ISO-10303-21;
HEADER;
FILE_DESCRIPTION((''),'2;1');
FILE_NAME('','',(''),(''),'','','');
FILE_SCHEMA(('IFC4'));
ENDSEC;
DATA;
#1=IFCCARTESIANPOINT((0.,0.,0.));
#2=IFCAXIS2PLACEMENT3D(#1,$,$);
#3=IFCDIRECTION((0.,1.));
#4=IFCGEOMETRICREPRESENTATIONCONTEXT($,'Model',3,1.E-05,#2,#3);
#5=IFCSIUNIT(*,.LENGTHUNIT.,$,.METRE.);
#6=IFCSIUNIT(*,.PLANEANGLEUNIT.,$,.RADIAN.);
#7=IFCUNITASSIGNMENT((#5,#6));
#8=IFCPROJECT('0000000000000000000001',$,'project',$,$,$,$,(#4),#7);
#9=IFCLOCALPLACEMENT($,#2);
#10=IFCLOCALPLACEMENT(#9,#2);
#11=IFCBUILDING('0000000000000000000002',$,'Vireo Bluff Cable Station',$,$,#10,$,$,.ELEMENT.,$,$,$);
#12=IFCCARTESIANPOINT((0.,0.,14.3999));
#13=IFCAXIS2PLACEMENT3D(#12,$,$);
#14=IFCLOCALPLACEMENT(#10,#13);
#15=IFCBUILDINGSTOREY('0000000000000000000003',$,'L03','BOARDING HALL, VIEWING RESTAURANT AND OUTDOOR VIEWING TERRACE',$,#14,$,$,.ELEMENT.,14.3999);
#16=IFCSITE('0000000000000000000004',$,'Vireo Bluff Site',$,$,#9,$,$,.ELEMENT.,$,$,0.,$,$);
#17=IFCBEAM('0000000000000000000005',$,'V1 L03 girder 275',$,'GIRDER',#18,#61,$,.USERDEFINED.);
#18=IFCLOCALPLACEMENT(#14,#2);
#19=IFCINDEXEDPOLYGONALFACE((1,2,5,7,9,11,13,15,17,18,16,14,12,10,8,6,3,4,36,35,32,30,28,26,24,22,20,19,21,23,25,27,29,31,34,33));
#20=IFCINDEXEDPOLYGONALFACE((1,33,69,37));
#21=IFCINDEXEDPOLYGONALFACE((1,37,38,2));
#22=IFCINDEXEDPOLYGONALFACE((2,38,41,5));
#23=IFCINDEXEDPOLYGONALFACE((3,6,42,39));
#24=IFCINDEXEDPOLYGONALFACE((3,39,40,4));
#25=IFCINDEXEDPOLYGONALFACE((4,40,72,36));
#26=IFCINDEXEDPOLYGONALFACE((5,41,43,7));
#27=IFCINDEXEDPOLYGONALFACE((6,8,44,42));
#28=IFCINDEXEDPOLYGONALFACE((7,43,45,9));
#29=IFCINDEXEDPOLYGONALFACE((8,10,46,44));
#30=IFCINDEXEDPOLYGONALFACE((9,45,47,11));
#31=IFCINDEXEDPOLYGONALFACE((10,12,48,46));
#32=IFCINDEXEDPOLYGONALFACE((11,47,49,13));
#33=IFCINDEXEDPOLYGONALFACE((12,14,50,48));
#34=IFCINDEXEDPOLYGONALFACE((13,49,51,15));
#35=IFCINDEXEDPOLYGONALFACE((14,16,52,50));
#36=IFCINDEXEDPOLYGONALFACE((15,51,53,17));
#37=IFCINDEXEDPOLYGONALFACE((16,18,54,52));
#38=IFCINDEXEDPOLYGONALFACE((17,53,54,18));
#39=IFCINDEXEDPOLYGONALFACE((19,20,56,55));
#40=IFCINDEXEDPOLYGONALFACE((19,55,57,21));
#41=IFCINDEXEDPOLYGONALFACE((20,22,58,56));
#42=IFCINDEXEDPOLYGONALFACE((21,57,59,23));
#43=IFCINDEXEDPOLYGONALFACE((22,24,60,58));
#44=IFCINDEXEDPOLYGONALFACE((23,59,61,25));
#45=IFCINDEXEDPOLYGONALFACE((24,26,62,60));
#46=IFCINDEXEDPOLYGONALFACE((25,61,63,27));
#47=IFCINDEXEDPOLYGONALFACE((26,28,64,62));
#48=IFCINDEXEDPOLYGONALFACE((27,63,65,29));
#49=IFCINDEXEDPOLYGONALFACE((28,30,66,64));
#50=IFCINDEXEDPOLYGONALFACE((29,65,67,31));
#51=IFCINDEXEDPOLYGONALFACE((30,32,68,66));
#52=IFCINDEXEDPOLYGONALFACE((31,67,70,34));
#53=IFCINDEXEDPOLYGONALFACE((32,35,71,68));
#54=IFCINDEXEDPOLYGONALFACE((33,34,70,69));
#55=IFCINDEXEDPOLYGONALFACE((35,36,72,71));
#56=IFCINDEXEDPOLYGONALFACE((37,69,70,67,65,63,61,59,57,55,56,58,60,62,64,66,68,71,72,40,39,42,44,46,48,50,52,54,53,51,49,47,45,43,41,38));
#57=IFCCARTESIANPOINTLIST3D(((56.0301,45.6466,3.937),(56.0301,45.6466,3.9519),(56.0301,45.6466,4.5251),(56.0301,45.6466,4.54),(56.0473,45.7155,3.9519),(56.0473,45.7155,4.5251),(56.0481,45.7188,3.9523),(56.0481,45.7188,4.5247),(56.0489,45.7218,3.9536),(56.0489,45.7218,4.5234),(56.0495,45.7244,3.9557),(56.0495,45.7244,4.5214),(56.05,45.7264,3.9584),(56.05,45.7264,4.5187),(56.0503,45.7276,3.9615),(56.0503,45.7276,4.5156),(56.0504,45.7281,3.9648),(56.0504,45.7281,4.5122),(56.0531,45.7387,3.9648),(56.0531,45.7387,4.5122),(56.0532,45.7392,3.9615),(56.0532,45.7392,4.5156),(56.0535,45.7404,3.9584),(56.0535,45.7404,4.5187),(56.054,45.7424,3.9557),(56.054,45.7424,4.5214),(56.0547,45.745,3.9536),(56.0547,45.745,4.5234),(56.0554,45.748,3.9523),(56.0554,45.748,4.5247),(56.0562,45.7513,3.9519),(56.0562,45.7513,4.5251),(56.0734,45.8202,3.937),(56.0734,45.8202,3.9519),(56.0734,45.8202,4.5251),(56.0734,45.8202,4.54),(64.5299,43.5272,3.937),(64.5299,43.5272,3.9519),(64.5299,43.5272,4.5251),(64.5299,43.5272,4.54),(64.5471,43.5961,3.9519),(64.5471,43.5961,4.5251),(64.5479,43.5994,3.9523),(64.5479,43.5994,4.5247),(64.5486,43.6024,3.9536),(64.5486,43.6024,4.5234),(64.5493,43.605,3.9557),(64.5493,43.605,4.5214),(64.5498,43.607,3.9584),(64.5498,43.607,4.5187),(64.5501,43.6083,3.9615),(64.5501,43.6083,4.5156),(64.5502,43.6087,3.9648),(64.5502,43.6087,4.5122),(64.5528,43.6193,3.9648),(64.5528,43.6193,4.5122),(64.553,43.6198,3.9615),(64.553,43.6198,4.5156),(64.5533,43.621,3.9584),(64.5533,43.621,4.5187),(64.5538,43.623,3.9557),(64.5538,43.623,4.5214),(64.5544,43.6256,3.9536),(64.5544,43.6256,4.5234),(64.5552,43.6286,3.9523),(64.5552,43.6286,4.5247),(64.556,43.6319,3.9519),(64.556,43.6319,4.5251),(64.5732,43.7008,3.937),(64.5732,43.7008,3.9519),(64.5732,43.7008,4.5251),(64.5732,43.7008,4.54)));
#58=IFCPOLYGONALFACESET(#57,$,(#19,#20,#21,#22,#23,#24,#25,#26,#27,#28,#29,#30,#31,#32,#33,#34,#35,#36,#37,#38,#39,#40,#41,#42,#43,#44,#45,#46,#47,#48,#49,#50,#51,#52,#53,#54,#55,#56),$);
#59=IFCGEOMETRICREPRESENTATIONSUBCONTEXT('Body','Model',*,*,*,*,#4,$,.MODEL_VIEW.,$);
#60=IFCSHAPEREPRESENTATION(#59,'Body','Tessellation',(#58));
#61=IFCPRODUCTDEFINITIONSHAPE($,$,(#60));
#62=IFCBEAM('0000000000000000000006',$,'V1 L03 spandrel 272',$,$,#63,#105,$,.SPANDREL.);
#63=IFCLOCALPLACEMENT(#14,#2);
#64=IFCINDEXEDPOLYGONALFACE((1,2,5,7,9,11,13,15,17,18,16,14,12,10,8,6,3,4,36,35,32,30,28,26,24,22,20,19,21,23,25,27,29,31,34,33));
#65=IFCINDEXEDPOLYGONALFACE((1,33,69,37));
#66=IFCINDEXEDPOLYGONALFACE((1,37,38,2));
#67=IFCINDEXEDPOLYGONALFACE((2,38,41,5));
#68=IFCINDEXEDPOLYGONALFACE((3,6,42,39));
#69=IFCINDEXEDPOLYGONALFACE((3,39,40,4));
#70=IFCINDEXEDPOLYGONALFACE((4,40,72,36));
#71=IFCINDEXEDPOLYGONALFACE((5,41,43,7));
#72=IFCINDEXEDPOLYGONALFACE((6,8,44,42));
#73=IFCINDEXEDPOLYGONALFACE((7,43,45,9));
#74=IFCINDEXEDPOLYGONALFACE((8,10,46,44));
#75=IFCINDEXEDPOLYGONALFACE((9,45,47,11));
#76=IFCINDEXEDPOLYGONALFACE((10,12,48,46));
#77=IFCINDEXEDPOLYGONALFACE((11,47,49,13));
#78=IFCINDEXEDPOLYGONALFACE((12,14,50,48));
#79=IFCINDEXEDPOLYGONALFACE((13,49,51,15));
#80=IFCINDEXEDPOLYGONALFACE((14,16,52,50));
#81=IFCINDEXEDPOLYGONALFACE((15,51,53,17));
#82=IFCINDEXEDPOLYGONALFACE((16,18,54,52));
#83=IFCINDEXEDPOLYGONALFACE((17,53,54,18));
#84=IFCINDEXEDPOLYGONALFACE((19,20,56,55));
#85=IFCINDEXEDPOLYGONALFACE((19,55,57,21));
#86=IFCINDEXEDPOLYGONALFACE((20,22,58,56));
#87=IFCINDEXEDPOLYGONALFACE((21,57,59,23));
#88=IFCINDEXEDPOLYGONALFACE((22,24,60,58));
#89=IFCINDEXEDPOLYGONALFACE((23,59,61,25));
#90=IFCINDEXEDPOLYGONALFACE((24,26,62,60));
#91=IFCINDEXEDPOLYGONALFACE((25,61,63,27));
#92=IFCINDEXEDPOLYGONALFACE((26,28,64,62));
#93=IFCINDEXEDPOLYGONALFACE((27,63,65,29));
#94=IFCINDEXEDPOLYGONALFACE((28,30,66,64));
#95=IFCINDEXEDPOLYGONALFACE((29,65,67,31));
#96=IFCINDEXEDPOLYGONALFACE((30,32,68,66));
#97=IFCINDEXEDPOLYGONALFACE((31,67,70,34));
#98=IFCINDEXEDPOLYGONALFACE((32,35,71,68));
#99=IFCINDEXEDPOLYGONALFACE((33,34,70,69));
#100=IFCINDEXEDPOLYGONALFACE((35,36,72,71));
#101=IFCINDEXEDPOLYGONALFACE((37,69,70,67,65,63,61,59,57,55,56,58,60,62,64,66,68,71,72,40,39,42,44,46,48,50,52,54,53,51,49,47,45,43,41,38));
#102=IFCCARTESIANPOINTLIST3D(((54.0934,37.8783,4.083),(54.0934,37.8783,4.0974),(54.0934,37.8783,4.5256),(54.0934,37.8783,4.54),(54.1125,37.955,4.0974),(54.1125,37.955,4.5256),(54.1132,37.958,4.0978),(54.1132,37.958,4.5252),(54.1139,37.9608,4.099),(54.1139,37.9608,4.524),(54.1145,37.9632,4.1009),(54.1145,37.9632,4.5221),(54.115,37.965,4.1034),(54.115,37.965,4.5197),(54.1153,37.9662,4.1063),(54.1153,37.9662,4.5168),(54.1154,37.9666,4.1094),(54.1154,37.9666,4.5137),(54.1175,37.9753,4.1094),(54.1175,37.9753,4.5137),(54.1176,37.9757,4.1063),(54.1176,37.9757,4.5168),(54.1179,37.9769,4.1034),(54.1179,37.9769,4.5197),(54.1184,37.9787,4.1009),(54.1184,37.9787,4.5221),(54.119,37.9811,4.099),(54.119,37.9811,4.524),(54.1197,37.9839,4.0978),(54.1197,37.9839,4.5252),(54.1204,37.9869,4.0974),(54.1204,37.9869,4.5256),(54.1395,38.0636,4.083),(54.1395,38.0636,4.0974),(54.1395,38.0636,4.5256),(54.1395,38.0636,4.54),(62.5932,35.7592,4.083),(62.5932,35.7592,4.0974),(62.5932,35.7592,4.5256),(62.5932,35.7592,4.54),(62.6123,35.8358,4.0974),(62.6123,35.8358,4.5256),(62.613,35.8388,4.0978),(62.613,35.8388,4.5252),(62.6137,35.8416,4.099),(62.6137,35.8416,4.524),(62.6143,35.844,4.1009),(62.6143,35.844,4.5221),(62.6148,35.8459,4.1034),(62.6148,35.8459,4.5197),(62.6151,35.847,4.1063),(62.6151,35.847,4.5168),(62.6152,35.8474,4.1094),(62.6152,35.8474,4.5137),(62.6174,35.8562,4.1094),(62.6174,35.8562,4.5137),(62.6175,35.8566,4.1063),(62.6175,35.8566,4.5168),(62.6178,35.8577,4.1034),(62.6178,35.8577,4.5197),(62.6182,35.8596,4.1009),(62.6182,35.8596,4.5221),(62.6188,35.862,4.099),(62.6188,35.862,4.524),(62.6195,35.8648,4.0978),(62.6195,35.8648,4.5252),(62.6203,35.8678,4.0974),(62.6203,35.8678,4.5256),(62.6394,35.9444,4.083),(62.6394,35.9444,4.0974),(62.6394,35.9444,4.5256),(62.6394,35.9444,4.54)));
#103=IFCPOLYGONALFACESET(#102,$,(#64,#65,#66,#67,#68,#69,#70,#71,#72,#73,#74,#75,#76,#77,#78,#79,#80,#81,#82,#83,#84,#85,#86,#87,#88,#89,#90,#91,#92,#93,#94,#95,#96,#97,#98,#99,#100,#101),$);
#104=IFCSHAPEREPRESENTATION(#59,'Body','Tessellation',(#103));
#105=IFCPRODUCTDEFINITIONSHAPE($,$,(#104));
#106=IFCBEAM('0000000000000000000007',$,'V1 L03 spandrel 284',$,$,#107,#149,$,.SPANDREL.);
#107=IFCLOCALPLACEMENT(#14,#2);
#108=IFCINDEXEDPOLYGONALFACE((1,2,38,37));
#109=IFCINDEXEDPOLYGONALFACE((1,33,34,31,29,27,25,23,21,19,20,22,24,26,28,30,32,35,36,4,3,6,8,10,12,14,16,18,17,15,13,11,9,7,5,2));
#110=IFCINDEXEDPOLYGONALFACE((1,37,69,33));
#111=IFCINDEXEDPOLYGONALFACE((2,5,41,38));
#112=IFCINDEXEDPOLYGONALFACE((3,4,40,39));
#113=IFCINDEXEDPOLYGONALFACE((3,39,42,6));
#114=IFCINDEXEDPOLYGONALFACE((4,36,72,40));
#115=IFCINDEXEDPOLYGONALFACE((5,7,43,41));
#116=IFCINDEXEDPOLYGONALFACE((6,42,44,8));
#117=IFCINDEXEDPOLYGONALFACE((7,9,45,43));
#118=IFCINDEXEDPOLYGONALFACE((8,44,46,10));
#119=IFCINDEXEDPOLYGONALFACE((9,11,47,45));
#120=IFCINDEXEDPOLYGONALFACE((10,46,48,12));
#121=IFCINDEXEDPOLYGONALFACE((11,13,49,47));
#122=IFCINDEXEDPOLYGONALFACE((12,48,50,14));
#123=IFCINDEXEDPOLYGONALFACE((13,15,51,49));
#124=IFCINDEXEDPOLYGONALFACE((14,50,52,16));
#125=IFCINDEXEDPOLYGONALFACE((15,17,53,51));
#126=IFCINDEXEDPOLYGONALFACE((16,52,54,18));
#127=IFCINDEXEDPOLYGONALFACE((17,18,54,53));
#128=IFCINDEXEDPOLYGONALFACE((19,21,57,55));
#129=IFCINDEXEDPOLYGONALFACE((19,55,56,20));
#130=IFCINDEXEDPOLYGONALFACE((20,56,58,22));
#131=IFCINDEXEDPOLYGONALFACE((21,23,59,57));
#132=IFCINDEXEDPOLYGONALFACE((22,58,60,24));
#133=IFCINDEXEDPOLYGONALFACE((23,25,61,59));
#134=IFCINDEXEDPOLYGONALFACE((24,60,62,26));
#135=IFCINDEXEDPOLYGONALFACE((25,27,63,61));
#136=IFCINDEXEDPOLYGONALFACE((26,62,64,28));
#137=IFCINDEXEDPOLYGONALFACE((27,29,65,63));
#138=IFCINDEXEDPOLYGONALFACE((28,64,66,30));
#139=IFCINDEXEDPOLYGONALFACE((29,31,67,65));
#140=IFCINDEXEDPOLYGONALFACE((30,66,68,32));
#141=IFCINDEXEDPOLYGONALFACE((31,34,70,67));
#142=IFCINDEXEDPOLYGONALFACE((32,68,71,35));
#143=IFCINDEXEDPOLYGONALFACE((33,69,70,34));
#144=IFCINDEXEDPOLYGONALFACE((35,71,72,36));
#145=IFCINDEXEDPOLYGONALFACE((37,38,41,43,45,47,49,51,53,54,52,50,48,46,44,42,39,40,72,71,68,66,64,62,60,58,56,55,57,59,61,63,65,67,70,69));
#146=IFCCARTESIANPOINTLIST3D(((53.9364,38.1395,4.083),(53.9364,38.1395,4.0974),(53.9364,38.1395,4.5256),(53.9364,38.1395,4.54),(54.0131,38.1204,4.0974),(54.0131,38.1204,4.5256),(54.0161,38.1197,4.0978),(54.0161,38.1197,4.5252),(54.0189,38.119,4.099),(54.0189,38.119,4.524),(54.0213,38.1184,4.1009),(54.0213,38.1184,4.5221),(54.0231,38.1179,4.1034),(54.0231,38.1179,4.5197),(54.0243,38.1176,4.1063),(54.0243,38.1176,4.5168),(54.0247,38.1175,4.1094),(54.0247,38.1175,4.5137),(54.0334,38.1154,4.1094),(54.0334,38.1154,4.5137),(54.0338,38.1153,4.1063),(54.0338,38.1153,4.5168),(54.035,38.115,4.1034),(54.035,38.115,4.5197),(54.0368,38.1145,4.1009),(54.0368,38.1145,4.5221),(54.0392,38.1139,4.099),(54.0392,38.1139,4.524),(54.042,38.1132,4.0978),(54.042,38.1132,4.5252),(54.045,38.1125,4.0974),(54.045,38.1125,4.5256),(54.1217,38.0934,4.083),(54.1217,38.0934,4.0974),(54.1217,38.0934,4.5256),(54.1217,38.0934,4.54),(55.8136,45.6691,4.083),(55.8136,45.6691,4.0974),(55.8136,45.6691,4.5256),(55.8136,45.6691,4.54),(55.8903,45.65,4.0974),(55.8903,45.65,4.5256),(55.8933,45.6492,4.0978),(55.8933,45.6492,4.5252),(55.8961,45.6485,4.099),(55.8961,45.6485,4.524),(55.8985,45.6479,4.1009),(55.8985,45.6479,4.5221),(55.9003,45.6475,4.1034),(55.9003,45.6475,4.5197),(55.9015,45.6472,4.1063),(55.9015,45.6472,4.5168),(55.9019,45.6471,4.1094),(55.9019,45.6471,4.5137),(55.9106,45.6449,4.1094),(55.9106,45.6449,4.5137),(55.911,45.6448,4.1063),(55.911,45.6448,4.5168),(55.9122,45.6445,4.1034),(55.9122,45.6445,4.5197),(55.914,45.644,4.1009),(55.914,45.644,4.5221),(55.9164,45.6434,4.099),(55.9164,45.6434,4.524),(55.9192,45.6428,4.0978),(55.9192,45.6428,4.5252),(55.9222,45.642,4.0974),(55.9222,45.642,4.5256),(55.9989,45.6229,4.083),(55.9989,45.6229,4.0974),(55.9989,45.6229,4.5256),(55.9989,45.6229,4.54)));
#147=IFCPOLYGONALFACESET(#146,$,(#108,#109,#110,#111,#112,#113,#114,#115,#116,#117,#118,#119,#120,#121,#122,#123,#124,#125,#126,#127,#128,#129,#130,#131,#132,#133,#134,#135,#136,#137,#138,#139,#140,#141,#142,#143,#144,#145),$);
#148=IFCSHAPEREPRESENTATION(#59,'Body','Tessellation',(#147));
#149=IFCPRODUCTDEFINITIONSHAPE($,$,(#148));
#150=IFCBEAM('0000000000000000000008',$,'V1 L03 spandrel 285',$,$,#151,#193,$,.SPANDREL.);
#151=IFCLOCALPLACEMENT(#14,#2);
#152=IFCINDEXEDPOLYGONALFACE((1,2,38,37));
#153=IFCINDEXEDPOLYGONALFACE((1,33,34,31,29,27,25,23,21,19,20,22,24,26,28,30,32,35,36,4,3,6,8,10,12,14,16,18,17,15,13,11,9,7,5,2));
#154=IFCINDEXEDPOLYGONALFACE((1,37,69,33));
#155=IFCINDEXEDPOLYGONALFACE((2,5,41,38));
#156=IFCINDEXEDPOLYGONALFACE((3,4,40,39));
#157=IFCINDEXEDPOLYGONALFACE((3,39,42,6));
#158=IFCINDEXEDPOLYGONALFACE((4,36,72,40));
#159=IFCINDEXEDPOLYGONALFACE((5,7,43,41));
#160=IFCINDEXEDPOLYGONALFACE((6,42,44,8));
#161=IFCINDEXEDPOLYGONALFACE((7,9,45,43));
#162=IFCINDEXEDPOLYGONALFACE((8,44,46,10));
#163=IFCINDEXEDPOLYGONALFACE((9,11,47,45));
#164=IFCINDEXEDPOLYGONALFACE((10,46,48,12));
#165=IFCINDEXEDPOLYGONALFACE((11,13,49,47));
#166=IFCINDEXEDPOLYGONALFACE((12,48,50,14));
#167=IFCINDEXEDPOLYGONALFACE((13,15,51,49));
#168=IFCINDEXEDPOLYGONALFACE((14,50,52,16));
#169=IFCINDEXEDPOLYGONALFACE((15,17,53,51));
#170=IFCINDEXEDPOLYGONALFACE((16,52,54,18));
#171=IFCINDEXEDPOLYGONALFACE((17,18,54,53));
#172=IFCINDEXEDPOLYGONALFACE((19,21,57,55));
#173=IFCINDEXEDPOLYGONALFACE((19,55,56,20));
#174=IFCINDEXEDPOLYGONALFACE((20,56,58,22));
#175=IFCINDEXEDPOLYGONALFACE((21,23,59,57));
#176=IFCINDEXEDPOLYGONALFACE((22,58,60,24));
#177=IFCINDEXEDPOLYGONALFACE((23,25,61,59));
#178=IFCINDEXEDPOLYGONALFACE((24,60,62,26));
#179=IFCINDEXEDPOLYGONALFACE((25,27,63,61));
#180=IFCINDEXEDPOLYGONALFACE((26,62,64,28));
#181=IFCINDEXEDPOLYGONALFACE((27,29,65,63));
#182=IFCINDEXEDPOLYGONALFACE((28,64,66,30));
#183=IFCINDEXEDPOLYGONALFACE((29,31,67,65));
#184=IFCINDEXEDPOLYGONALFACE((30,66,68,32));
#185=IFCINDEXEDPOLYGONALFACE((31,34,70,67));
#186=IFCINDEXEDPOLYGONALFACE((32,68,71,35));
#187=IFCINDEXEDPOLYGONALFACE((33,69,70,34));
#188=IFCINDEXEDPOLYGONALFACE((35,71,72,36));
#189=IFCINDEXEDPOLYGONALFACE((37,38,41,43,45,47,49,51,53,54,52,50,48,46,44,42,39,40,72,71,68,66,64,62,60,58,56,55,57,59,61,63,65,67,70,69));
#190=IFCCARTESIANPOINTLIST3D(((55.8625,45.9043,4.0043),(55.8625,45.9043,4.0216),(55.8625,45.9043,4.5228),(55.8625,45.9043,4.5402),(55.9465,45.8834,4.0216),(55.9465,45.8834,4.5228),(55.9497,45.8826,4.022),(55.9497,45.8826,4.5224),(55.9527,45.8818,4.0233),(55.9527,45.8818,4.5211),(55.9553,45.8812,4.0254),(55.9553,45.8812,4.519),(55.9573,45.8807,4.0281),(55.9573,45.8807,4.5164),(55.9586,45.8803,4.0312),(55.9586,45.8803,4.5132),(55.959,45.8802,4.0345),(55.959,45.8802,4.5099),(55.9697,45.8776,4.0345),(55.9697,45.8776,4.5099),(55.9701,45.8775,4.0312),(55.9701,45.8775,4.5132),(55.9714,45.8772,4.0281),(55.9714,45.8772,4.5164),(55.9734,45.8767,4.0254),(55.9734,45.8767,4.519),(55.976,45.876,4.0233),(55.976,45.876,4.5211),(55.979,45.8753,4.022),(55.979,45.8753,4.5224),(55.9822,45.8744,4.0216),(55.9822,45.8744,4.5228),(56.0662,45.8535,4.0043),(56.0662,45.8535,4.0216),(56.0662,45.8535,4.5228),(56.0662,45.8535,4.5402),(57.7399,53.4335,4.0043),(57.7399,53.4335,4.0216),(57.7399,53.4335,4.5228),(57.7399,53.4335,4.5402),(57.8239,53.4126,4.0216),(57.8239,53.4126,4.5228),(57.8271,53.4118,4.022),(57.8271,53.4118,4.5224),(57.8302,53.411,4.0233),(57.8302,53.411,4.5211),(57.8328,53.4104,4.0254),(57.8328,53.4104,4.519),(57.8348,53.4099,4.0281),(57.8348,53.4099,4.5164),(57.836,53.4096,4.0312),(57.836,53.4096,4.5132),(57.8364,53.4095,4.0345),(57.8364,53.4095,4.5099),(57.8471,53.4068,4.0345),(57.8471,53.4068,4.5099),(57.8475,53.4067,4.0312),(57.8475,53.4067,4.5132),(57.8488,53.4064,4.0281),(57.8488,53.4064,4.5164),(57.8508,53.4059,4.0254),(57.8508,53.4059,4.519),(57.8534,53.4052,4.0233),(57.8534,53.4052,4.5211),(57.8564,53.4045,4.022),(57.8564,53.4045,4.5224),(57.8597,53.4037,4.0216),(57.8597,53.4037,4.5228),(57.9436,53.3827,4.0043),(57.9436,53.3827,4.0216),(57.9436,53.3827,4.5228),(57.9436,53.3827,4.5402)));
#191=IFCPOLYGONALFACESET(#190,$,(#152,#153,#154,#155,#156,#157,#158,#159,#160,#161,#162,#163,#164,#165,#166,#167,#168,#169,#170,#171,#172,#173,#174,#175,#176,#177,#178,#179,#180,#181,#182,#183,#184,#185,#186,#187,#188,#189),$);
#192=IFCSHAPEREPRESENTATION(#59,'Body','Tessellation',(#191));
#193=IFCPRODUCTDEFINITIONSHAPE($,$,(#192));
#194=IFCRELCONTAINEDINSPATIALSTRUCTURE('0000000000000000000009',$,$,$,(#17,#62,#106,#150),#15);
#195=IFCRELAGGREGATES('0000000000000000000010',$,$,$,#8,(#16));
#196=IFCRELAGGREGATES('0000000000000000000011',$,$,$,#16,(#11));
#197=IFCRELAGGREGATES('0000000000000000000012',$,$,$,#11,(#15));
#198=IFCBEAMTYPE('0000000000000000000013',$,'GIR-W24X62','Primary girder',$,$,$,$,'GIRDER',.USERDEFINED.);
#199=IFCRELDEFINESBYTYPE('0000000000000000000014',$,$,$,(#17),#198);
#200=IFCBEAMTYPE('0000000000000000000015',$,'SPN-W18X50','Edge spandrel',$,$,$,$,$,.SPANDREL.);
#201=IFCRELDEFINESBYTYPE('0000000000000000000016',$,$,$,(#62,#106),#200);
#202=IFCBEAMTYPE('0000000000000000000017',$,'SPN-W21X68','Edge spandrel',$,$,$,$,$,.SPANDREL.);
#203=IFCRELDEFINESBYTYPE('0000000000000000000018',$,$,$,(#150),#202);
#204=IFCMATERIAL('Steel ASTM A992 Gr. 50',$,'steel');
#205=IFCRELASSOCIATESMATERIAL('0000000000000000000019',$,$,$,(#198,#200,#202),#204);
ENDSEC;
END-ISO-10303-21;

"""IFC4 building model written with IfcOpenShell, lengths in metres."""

from ifc_helpers import new_model, si_unit, direction, frame, origin, origin_2d, place, context, subcontext, project, spatial, i_section, extrude, material, material_profile, profile_set, type_object, element, save


model = new_model("IFC4")

# Units and contexts
model_context = context("Model", 3, precision=1e-05, world=origin(), true_north=direction((0.0, 1.0)))
body_context = subcontext(model_context, "Body", "Model", "MODEL_VIEW")
ifc_project = project(units=[si_unit("LENGTHUNIT", "METRE"), si_unit("PLANEANGLEUNIT", "RADIAN")], contexts=[model_context])

# Site, building, storey
site_placement = place(None, origin())
site = spatial("IfcSite", under=ifc_project, at=site_placement, Name="Vireo Bluff Site", CompositionType="ELEMENT", RefElevation=0.0)
building_placement = place(site_placement, origin())
building = spatial("IfcBuilding", under=site, at=building_placement, Name="Vireo Bluff Cable Station", CompositionType="ELEMENT")
storey_placement = place(building_placement, frame((0.0, 0.0, 14.3999)))
storey = spatial("IfcBuildingStorey", under=building, at=storey_placement, Name="L03", Description="BOARDING HALL, VIEWING RESTAURANT AND OUTDOOR VIEWING TERRACE", CompositionType="ELEMENT", Elevation=14.3999)

# Shared definitions
ifc_material_1 = material(Name="Steel ASTM A992 Gr. 50", Category="steel")

# Beams
ifc_material_profile_1 = material_profile(ifc_material_1, i_section(OverallWidth=0.179, OverallDepth=0.603, WebThickness=0.011, FlangeThickness=0.0149, FilletRadius=0.0129, at=origin_2d()), Name="W24X62")
ifc_profile_set_1 = profile_set([ifc_material_profile_1], Name="Steel ASTM A992 Gr. 50")
beam_type_1 = type_object("IfcBeamType", Name="GIR-W24X62", Description="Primary girder", ElementType="GIRDER", PredefinedType="USERDEFINED", material=ifc_profile_set_1)
beam_1_placement = place(storey_placement, frame((56.0518, 45.7334, 4.2385), z_axis=(0.970292, -0.241939, 0.0), x_axis=(0.241939, 0.970292, 0.0)))
element("IfcBeam", 1, at=beam_1_placement, inside=storey, type_object=beam_type_1, Name="V1 L03 girder 275", ObjectType="GIRDER", PredefinedType="USERDEFINED", context=body_context, shape_type="SweptSolid", body=[
    extrude(i_section(OverallWidth=0.179, OverallDepth=0.603, WebThickness=0.011, FlangeThickness=0.0149, FilletRadius=0.0129, at=origin_2d()), origin(), (0.0, 0.0, 1.0), 8.76),
])
ifc_material_profile_2 = material_profile(ifc_material_1, i_section(OverallWidth=0.1909, OverallDepth=0.457, WebThickness=0.009, FlangeThickness=0.0144, FilletRadius=0.012, at=origin_2d()), Name="W18X50")
ifc_profile_set_2 = profile_set([ifc_material_profile_2], Name="Steel ASTM A992 Gr. 50")
beam_type_2 = type_object("IfcBeamType", Name="SPN-W18X50", Description="Edge spandrel", PredefinedType="SPANDREL", material=ifc_profile_set_2)
beam_2_placement = place(storey_placement, frame((54.1165, 37.9709, 4.3115), z_axis=(0.970298, -0.241913, 0.0), x_axis=(0.241913, 0.970298, 0.0)))
element("IfcBeam", 2, at=beam_2_placement, inside=storey, type_object=beam_type_2, Name="V1 L03 spandrel 272", PredefinedType="SPANDREL", context=body_context, shape_type="SweptSolid", body=[
    extrude(i_section(OverallWidth=0.1909, OverallDepth=0.457, WebThickness=0.009, FlangeThickness=0.0144, FilletRadius=0.012, at=origin_2d()), origin(), (0.0, 0.0, 1.0), 8.76),
])
beam_3_placement = place(storey_placement, frame((54.0291, 38.1165, 4.3115), z_axis=(0.241906, 0.9703, 0.0), x_axis=(-0.9703, 0.241906, 0.0)))
element("IfcBeam", 3, at=beam_3_placement, inside=storey, type_object=beam_type_2, Name="V1 L03 spandrel 284", PredefinedType="SPANDREL", context=body_context, shape_type="SweptSolid", body=[
    extrude(i_section(OverallWidth=0.1909, OverallDepth=0.457, WebThickness=0.009, FlangeThickness=0.0144, FilletRadius=0.012, at=origin_2d()), origin(), (0.0, 0.0, 1.0), 7.76),
])
ifc_material_profile_3 = material_profile(ifc_material_1, i_section(OverallWidth=0.21, OverallDepth=0.5359, WebThickness=0.011, FlangeThickness=0.0173, FilletRadius=0.0129, at=origin_2d()), Name="W21X68")
ifc_profile_set_3 = profile_set([ifc_material_profile_3], Name="Steel ASTM A992 Gr. 50")
beam_type_3 = type_object("IfcBeamType", Name="SPN-W21X68", Description="Edge spandrel", PredefinedType="SPANDREL", material=ifc_profile_set_3)
beam_4_placement = place(storey_placement, frame((55.9644, 45.8789, 4.2722), z_axis=(0.241943, 0.97029, 0.0), x_axis=(-0.97029, 0.241943, 0.0)))
element("IfcBeam", 4, at=beam_4_placement, inside=storey, type_object=beam_type_3, Name="V1 L03 spandrel 285", PredefinedType="SPANDREL", context=body_context, shape_type="SweptSolid", body=[
    extrude(i_section(OverallWidth=0.21, OverallDepth=0.5359, WebThickness=0.011, FlangeThickness=0.0173, FilletRadius=0.0129, at=origin_2d()), origin(), (0.0, 0.0, 1.0), 7.7598),
])

save(model, "model.ifc")
